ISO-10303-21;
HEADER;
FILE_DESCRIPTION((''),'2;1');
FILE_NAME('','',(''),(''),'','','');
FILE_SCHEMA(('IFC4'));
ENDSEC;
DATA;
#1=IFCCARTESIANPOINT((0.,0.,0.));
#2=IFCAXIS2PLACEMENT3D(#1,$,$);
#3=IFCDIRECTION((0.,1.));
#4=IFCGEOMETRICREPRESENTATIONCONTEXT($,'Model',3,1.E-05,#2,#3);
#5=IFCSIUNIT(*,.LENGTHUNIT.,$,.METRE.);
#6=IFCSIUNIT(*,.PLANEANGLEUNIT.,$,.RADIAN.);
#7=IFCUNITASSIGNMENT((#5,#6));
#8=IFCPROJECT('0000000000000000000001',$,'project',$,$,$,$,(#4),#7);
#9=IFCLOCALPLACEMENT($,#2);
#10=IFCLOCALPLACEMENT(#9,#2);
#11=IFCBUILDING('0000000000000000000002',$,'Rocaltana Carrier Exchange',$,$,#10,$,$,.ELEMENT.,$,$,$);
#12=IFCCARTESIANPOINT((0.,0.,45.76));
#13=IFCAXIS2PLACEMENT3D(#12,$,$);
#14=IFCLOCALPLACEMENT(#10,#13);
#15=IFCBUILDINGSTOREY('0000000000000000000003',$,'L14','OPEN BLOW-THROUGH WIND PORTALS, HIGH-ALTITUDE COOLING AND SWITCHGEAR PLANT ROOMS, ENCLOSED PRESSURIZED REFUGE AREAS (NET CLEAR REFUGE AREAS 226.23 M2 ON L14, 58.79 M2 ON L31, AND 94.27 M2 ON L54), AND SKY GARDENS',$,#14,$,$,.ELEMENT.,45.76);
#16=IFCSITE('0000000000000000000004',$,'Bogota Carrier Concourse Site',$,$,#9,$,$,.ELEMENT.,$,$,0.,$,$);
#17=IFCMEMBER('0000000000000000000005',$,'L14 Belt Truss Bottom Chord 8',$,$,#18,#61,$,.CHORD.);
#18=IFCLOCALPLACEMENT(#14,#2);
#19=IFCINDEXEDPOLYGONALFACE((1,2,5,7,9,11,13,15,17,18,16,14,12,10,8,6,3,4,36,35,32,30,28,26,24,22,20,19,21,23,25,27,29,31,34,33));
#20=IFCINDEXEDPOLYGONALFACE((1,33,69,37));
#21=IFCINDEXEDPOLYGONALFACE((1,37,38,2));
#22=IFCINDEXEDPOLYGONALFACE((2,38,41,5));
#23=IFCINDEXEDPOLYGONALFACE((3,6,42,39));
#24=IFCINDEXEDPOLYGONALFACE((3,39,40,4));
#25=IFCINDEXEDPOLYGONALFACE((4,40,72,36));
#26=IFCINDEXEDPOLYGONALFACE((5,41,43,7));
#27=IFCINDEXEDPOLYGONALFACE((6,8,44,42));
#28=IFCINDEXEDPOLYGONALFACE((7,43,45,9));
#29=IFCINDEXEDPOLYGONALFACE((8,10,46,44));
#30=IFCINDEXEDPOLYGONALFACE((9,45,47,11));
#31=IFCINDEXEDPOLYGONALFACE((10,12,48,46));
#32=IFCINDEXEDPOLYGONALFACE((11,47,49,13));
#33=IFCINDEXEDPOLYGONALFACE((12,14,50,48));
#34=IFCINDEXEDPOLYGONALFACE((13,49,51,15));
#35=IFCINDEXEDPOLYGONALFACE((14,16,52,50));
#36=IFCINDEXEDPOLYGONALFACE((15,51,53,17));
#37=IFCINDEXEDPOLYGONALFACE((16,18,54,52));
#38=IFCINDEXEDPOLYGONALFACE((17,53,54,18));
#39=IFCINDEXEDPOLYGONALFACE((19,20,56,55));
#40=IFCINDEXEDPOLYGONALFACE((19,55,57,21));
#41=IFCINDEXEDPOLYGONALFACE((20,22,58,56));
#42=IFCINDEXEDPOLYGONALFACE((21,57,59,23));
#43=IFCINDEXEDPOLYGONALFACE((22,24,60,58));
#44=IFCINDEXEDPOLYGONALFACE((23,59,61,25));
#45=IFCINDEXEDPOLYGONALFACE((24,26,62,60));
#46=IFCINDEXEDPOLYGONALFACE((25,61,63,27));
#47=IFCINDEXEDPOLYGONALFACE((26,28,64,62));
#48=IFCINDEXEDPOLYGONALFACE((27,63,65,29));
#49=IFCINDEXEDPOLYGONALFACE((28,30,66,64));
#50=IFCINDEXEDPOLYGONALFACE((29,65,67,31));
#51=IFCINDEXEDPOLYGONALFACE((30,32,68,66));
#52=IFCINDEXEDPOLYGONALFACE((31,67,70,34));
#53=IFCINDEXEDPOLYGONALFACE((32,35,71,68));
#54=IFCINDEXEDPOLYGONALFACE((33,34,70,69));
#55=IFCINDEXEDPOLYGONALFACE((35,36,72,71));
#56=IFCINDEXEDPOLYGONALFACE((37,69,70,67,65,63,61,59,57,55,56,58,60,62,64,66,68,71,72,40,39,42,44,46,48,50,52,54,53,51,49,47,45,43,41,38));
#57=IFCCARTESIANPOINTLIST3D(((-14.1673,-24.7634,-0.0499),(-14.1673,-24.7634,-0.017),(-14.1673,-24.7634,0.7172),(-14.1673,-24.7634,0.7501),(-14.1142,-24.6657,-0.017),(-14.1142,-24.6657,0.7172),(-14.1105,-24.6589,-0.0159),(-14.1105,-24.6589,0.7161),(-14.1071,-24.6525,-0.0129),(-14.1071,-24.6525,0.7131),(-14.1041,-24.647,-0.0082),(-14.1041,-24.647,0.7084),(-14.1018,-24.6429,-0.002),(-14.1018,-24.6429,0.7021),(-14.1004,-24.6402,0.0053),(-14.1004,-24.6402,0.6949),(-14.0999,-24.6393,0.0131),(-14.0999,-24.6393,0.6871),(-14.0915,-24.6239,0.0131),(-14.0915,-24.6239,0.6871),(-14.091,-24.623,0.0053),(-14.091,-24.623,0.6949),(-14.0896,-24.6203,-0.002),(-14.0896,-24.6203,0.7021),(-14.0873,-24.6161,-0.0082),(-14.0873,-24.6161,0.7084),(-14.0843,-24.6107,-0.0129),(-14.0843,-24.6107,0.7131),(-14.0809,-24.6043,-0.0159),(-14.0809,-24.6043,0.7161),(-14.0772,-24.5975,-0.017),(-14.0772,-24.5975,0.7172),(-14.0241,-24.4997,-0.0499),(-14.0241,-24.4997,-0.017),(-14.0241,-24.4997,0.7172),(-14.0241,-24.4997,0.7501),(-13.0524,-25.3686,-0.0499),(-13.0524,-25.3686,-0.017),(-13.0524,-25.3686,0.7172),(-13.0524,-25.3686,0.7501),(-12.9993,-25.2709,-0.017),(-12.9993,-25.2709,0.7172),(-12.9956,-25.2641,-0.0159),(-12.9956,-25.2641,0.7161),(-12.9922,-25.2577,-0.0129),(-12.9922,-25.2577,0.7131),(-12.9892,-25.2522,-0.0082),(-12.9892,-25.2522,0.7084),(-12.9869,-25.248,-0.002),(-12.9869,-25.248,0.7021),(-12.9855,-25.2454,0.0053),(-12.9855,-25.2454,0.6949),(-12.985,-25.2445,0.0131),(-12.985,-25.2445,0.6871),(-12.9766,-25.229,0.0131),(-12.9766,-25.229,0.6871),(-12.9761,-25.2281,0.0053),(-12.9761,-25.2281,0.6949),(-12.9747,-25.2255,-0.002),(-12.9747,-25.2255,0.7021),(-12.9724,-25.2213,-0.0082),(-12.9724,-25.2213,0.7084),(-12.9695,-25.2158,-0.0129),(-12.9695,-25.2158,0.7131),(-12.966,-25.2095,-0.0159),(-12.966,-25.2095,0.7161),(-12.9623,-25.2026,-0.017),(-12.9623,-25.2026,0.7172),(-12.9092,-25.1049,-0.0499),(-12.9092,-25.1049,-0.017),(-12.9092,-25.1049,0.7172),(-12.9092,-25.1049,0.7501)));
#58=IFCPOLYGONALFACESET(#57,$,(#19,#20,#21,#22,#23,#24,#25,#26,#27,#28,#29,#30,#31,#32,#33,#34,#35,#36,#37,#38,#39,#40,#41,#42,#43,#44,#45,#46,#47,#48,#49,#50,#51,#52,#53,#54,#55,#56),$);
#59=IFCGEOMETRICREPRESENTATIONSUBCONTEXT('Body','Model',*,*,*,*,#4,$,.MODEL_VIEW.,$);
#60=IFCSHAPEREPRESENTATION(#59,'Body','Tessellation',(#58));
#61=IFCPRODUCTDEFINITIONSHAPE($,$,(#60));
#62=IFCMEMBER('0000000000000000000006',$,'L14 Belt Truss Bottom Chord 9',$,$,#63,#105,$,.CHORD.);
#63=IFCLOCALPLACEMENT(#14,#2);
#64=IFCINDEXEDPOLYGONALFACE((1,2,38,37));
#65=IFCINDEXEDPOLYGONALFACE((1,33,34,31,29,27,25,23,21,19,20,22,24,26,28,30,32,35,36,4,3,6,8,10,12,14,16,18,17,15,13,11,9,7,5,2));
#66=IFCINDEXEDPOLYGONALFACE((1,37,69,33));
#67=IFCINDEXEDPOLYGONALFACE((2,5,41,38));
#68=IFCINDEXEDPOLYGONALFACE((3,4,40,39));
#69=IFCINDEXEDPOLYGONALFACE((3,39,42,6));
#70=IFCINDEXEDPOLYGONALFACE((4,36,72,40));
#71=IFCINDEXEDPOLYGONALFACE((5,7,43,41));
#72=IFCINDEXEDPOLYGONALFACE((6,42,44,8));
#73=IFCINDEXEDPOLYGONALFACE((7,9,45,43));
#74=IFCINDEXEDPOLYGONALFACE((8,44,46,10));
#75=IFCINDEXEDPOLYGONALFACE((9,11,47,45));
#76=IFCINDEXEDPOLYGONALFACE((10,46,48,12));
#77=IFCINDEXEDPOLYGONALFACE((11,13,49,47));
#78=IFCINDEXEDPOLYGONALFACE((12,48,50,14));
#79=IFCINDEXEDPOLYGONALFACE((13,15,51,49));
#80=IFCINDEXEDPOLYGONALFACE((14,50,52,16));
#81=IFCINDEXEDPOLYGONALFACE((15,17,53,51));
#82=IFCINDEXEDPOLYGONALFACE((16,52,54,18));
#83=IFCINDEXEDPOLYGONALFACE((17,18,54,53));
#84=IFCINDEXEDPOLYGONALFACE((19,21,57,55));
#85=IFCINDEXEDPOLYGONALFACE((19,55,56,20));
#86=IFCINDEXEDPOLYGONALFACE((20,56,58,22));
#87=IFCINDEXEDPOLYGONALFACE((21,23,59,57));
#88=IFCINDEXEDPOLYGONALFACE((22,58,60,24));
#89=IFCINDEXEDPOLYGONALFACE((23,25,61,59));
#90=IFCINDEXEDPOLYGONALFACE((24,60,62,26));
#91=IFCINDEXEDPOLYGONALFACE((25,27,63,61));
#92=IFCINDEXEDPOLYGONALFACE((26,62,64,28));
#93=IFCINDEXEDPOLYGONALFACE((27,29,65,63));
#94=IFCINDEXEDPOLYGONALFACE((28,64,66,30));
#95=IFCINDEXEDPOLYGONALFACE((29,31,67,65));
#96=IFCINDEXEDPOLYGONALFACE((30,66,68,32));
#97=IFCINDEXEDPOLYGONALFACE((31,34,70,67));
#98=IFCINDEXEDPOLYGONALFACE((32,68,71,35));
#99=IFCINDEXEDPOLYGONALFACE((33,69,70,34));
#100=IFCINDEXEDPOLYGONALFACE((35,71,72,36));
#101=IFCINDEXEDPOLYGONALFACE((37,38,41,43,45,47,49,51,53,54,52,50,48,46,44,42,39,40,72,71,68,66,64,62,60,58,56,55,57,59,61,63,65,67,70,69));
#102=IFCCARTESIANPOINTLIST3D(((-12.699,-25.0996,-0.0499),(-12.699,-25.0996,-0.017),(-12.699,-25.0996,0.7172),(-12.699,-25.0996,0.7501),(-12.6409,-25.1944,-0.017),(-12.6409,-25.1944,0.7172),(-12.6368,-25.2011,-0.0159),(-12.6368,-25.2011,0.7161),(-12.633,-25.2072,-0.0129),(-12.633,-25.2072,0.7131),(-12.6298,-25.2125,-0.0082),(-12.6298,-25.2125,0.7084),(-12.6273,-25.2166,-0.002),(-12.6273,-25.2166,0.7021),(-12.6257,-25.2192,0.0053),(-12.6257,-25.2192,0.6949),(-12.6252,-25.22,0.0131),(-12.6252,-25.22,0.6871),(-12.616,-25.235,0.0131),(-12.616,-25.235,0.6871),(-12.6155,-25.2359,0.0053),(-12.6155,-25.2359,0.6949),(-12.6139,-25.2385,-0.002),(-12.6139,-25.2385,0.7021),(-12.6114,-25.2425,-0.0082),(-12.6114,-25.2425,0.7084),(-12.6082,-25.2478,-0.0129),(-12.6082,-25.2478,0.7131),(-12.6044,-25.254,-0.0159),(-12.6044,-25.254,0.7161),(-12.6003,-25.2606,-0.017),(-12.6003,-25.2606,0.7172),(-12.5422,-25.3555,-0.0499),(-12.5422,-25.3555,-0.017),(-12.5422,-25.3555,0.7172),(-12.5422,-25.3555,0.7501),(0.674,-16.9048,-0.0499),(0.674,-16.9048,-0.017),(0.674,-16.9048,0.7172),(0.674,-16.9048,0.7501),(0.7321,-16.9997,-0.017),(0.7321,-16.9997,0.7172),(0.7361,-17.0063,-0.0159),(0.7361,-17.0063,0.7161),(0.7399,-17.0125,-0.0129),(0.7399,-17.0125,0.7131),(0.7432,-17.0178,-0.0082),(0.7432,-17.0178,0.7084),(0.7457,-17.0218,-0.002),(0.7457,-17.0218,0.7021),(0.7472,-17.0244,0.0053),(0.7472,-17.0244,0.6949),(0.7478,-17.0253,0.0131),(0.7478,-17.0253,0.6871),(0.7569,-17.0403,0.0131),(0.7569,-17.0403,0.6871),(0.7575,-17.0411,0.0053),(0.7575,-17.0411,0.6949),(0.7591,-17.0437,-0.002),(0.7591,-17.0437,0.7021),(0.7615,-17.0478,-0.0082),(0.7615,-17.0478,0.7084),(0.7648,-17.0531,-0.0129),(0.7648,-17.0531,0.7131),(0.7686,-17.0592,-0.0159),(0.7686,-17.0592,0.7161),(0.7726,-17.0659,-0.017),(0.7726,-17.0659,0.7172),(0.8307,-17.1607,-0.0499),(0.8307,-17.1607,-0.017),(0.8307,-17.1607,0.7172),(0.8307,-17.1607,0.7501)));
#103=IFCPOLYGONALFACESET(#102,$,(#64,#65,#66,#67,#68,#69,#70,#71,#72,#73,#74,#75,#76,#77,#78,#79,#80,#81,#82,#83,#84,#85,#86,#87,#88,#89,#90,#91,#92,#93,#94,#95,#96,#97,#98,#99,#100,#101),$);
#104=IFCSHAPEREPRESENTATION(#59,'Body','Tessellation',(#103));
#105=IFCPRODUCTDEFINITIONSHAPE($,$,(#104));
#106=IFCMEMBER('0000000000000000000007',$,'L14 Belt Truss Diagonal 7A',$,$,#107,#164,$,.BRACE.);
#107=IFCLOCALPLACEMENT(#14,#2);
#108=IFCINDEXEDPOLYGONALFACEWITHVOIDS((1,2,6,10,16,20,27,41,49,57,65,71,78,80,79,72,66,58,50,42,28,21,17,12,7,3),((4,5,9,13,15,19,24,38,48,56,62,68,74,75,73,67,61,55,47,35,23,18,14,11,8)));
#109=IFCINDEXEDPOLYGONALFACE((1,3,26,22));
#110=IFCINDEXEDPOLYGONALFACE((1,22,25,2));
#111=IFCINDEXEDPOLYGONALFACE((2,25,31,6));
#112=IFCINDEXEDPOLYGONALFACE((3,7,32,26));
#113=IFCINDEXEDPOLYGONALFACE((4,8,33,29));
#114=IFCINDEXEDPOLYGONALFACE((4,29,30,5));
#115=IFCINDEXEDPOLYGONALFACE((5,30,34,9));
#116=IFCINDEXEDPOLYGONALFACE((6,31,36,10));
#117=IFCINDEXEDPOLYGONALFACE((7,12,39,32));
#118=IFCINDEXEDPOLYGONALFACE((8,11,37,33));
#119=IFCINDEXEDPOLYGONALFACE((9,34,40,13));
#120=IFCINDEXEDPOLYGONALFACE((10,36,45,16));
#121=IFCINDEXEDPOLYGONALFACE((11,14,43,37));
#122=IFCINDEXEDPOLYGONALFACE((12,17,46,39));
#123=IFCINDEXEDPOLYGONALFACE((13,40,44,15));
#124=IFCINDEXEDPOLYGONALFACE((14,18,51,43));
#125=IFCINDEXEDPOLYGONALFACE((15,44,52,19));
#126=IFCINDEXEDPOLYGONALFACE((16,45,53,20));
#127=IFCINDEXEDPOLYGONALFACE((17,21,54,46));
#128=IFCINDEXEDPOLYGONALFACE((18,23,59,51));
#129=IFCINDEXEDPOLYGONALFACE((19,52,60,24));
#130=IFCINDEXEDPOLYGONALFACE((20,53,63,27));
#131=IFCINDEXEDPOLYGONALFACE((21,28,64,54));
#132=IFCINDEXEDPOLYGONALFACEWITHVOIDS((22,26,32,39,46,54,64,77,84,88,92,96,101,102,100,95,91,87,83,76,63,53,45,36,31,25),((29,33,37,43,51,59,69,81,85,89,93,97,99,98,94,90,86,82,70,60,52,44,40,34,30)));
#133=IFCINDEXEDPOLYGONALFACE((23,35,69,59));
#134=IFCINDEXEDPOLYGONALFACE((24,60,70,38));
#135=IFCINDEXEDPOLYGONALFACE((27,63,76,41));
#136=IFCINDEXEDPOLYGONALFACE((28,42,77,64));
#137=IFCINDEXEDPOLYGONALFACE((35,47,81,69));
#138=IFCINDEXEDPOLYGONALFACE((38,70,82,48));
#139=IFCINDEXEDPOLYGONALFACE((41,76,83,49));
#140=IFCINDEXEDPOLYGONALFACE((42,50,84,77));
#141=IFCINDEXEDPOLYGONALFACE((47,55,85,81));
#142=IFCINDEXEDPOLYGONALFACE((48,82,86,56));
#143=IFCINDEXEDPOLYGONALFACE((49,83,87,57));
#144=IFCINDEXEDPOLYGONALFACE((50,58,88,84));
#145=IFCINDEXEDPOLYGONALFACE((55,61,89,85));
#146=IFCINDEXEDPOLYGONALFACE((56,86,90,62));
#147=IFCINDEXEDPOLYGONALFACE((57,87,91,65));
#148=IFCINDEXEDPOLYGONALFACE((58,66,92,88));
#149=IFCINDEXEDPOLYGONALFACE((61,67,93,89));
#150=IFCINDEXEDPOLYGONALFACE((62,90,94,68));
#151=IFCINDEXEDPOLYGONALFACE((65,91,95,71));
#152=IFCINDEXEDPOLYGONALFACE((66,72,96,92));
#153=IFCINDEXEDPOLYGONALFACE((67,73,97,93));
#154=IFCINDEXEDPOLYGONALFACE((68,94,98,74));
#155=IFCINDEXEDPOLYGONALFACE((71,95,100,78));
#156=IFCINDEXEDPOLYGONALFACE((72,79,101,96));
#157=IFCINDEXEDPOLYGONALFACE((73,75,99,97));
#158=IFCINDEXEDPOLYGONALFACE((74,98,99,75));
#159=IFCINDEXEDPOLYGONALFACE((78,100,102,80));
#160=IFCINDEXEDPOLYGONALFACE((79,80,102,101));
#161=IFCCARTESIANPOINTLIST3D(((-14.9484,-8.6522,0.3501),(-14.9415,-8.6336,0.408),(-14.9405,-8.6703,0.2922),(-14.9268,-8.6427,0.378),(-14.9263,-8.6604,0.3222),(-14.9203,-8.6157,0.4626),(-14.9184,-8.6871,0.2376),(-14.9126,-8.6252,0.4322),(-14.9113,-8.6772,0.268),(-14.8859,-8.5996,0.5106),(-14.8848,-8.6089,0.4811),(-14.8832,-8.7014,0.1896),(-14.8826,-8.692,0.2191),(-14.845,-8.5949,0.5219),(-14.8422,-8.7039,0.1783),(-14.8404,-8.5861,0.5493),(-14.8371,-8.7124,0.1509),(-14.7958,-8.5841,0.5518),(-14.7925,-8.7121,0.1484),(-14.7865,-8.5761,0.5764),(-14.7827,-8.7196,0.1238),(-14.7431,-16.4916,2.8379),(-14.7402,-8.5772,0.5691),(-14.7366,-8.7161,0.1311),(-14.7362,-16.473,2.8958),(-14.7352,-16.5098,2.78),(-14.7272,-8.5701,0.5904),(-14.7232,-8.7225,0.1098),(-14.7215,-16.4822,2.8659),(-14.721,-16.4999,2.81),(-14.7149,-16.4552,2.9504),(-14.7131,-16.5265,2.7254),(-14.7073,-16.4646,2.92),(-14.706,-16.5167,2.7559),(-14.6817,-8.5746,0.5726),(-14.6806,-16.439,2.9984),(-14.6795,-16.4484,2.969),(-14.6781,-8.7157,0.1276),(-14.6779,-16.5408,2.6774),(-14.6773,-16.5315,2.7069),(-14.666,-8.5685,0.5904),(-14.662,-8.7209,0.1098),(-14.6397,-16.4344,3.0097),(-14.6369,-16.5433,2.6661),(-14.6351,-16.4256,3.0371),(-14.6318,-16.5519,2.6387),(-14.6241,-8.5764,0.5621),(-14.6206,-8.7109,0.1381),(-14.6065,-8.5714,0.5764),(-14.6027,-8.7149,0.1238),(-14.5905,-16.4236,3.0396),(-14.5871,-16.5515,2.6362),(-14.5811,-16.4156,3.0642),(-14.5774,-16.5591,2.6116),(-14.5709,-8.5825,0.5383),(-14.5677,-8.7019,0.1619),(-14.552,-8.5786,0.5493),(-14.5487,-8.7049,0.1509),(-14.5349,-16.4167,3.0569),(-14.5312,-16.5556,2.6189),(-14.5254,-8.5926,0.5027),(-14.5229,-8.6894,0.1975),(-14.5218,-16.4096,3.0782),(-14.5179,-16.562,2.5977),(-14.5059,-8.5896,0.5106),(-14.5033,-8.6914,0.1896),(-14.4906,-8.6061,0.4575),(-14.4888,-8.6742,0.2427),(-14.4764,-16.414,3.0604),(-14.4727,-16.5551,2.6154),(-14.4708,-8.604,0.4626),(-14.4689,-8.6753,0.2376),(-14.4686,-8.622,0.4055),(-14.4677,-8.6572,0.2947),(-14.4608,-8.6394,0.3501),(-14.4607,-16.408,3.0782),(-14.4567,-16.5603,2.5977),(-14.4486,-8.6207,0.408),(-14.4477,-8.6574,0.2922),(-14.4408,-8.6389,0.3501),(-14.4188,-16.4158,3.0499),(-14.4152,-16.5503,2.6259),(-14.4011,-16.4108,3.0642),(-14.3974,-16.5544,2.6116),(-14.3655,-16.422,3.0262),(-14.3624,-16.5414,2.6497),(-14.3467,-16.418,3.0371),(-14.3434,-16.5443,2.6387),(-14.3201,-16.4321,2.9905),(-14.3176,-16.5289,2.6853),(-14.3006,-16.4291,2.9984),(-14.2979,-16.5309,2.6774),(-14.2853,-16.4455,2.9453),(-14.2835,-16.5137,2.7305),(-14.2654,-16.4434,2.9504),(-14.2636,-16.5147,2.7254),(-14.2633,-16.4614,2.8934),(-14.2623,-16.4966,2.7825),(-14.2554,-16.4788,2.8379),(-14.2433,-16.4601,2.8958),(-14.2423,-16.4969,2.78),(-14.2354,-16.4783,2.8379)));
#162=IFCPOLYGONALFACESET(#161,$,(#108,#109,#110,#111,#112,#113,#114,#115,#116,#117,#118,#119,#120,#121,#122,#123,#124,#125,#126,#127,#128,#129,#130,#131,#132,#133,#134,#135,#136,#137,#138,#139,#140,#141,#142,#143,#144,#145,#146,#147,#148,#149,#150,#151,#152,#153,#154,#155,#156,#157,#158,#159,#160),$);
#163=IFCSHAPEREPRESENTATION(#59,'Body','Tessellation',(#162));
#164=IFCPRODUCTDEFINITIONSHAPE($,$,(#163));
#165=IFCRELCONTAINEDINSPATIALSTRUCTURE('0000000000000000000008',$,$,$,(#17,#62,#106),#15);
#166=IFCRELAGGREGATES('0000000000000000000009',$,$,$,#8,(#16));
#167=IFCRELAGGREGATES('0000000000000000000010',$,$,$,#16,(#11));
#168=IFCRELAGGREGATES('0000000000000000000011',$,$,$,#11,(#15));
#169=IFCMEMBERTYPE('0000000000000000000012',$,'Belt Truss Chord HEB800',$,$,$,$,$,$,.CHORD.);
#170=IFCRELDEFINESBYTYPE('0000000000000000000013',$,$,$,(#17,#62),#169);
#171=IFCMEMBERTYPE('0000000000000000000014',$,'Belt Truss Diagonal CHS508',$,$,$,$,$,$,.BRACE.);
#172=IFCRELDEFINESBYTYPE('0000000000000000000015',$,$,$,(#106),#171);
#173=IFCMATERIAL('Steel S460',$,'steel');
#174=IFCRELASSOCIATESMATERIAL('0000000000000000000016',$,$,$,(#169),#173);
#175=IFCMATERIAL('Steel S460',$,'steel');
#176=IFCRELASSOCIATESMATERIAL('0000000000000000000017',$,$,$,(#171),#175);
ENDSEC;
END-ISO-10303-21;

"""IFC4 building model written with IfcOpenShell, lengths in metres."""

from ifc_helpers import new_model, si_unit, direction, frame, origin, origin_2d, place, context, subcontext, project, spatial, hollow_circle, i_section, extrude, material, material_profile, profile_set, type_object, element, save


model = new_model("IFC4")

# Units and contexts
model_context = context("Model", 3, precision=1e-05, world=origin(), true_north=direction((0.0, 1.0)))
body_context = subcontext(model_context, "Body", "Model", "MODEL_VIEW")
ifc_project = project(units=[si_unit("LENGTHUNIT", "METRE"), si_unit("PLANEANGLEUNIT", "RADIAN")], contexts=[model_context])

# Site, building, storey
site_placement = place(None, origin())
site = spatial("IfcSite", under=ifc_project, at=site_placement, Name="Bogota Carrier Concourse Site", CompositionType="ELEMENT", RefElevation=0.0)
building_placement = place(site_placement, origin())
building = spatial("IfcBuilding", under=site, at=building_placement, Name="Rocaltana Carrier Exchange", CompositionType="ELEMENT")
storey_placement = place(building_placement, frame((0.0, 0.0, 45.76)))
storey = spatial("IfcBuildingStorey", under=building, at=storey_placement, Name="L14", Description="OPEN BLOW-THROUGH WIND PORTALS, HIGH-ALTITUDE COOLING AND SWITCHGEAR PLANT ROOMS, ENCLOSED PRESSURIZED REFUGE AREAS (NET CLEAR REFUGE AREAS 226.23 M2 ON L14, 58.79 M2 ON L31, AND 94.27 M2 ON L54), AND SKY GARDENS", CompositionType="ELEMENT", Elevation=45.76)

# Members
ifc_material_1 = material(Name="Steel S460", Category="steel")
ifc_material_profile_1 = material_profile(ifc_material_1, i_section(OverallWidth=0.3, OverallDepth=0.8, WebThickness=0.0176, FlangeThickness=0.033, FilletRadius=0.03, at=origin_2d()), Name="HEB800")
ifc_profile_set_1 = profile_set([ifc_material_profile_1], Name="Steel S460")
member_type_1 = type_object("IfcMemberType", Name="Belt Truss Chord HEB800", PredefinedType="CHORD", material=ifc_profile_set_1)
member_1_placement = place(storey_placement, frame((-14.0957, -24.6316, 0.3501), z_axis=(0.878872, -0.477058, 0.0), x_axis=(0.477058, 0.878872, 0.0)))
element("IfcMember", 1, at=member_1_placement, inside=storey, type_object=member_type_1, Name="L14 Belt Truss Bottom Chord 8", PredefinedType="CHORD", context=body_context, shape_type="SweptSolid", body=[
    extrude(i_section(OverallWidth=0.3, OverallDepth=0.8, WebThickness=0.0176, FlangeThickness=0.033, FilletRadius=0.03, at=origin_2d()), origin(), (0.0, 0.0, 1.0), 1.2686),
])
member_2_placement = place(storey_placement, frame((-12.6206, -25.2275, 0.3501), z_axis=(0.852646, 0.52249, 0.0), x_axis=(-0.52249, 0.852646, 0.0)))
element("IfcMember", 2, at=member_2_placement, inside=storey, type_object=member_type_1, Name="L14 Belt Truss Bottom Chord 9", PredefinedType="CHORD", context=body_context, shape_type="SweptSolid", body=[
    extrude(i_section(OverallWidth=0.3, OverallDepth=0.8, WebThickness=0.0176, FlangeThickness=0.033, FilletRadius=0.03, at=origin_2d()), origin(), (0.0, 0.0, 1.0), 15.6841),
])
ifc_material_2 = material(Name="Steel S460", Category="steel")
ifc_material_profile_2 = material_profile(ifc_material_2, hollow_circle(Radius=0.2539, WallThickness=0.02, at=origin_2d()), Name="CHS508X20")
ifc_profile_set_2 = profile_set([ifc_material_profile_2], Name="Steel S460")
member_type_2 = type_object("IfcMemberType", Name="Belt Truss Diagonal CHS508", PredefinedType="BRACE", material=ifc_profile_set_2)
for number, where, z_axis, x_axis, name in (
    (3, (-14.6946, -8.6455, 0.3501), (0.024957, -0.952859, 0.302386), (0.999657, 0.026182, 0.0), "L14 Belt Truss Diagonal 7A"),
):
    element("IfcMember", number, at=place(storey_placement, frame(where, z_axis=z_axis, x_axis=x_axis)), inside=storey, type_object=member_type_2, Name=name, PredefinedType="BRACE", context=body_context, shape_type="SweptSolid", body=[
        extrude(hollow_circle(Radius=0.2539, WallThickness=0.02, at=origin_2d()), origin(), (0.0, 0.0, 1.0), 8.2273),
    ])

save(model, "model.ifc")
